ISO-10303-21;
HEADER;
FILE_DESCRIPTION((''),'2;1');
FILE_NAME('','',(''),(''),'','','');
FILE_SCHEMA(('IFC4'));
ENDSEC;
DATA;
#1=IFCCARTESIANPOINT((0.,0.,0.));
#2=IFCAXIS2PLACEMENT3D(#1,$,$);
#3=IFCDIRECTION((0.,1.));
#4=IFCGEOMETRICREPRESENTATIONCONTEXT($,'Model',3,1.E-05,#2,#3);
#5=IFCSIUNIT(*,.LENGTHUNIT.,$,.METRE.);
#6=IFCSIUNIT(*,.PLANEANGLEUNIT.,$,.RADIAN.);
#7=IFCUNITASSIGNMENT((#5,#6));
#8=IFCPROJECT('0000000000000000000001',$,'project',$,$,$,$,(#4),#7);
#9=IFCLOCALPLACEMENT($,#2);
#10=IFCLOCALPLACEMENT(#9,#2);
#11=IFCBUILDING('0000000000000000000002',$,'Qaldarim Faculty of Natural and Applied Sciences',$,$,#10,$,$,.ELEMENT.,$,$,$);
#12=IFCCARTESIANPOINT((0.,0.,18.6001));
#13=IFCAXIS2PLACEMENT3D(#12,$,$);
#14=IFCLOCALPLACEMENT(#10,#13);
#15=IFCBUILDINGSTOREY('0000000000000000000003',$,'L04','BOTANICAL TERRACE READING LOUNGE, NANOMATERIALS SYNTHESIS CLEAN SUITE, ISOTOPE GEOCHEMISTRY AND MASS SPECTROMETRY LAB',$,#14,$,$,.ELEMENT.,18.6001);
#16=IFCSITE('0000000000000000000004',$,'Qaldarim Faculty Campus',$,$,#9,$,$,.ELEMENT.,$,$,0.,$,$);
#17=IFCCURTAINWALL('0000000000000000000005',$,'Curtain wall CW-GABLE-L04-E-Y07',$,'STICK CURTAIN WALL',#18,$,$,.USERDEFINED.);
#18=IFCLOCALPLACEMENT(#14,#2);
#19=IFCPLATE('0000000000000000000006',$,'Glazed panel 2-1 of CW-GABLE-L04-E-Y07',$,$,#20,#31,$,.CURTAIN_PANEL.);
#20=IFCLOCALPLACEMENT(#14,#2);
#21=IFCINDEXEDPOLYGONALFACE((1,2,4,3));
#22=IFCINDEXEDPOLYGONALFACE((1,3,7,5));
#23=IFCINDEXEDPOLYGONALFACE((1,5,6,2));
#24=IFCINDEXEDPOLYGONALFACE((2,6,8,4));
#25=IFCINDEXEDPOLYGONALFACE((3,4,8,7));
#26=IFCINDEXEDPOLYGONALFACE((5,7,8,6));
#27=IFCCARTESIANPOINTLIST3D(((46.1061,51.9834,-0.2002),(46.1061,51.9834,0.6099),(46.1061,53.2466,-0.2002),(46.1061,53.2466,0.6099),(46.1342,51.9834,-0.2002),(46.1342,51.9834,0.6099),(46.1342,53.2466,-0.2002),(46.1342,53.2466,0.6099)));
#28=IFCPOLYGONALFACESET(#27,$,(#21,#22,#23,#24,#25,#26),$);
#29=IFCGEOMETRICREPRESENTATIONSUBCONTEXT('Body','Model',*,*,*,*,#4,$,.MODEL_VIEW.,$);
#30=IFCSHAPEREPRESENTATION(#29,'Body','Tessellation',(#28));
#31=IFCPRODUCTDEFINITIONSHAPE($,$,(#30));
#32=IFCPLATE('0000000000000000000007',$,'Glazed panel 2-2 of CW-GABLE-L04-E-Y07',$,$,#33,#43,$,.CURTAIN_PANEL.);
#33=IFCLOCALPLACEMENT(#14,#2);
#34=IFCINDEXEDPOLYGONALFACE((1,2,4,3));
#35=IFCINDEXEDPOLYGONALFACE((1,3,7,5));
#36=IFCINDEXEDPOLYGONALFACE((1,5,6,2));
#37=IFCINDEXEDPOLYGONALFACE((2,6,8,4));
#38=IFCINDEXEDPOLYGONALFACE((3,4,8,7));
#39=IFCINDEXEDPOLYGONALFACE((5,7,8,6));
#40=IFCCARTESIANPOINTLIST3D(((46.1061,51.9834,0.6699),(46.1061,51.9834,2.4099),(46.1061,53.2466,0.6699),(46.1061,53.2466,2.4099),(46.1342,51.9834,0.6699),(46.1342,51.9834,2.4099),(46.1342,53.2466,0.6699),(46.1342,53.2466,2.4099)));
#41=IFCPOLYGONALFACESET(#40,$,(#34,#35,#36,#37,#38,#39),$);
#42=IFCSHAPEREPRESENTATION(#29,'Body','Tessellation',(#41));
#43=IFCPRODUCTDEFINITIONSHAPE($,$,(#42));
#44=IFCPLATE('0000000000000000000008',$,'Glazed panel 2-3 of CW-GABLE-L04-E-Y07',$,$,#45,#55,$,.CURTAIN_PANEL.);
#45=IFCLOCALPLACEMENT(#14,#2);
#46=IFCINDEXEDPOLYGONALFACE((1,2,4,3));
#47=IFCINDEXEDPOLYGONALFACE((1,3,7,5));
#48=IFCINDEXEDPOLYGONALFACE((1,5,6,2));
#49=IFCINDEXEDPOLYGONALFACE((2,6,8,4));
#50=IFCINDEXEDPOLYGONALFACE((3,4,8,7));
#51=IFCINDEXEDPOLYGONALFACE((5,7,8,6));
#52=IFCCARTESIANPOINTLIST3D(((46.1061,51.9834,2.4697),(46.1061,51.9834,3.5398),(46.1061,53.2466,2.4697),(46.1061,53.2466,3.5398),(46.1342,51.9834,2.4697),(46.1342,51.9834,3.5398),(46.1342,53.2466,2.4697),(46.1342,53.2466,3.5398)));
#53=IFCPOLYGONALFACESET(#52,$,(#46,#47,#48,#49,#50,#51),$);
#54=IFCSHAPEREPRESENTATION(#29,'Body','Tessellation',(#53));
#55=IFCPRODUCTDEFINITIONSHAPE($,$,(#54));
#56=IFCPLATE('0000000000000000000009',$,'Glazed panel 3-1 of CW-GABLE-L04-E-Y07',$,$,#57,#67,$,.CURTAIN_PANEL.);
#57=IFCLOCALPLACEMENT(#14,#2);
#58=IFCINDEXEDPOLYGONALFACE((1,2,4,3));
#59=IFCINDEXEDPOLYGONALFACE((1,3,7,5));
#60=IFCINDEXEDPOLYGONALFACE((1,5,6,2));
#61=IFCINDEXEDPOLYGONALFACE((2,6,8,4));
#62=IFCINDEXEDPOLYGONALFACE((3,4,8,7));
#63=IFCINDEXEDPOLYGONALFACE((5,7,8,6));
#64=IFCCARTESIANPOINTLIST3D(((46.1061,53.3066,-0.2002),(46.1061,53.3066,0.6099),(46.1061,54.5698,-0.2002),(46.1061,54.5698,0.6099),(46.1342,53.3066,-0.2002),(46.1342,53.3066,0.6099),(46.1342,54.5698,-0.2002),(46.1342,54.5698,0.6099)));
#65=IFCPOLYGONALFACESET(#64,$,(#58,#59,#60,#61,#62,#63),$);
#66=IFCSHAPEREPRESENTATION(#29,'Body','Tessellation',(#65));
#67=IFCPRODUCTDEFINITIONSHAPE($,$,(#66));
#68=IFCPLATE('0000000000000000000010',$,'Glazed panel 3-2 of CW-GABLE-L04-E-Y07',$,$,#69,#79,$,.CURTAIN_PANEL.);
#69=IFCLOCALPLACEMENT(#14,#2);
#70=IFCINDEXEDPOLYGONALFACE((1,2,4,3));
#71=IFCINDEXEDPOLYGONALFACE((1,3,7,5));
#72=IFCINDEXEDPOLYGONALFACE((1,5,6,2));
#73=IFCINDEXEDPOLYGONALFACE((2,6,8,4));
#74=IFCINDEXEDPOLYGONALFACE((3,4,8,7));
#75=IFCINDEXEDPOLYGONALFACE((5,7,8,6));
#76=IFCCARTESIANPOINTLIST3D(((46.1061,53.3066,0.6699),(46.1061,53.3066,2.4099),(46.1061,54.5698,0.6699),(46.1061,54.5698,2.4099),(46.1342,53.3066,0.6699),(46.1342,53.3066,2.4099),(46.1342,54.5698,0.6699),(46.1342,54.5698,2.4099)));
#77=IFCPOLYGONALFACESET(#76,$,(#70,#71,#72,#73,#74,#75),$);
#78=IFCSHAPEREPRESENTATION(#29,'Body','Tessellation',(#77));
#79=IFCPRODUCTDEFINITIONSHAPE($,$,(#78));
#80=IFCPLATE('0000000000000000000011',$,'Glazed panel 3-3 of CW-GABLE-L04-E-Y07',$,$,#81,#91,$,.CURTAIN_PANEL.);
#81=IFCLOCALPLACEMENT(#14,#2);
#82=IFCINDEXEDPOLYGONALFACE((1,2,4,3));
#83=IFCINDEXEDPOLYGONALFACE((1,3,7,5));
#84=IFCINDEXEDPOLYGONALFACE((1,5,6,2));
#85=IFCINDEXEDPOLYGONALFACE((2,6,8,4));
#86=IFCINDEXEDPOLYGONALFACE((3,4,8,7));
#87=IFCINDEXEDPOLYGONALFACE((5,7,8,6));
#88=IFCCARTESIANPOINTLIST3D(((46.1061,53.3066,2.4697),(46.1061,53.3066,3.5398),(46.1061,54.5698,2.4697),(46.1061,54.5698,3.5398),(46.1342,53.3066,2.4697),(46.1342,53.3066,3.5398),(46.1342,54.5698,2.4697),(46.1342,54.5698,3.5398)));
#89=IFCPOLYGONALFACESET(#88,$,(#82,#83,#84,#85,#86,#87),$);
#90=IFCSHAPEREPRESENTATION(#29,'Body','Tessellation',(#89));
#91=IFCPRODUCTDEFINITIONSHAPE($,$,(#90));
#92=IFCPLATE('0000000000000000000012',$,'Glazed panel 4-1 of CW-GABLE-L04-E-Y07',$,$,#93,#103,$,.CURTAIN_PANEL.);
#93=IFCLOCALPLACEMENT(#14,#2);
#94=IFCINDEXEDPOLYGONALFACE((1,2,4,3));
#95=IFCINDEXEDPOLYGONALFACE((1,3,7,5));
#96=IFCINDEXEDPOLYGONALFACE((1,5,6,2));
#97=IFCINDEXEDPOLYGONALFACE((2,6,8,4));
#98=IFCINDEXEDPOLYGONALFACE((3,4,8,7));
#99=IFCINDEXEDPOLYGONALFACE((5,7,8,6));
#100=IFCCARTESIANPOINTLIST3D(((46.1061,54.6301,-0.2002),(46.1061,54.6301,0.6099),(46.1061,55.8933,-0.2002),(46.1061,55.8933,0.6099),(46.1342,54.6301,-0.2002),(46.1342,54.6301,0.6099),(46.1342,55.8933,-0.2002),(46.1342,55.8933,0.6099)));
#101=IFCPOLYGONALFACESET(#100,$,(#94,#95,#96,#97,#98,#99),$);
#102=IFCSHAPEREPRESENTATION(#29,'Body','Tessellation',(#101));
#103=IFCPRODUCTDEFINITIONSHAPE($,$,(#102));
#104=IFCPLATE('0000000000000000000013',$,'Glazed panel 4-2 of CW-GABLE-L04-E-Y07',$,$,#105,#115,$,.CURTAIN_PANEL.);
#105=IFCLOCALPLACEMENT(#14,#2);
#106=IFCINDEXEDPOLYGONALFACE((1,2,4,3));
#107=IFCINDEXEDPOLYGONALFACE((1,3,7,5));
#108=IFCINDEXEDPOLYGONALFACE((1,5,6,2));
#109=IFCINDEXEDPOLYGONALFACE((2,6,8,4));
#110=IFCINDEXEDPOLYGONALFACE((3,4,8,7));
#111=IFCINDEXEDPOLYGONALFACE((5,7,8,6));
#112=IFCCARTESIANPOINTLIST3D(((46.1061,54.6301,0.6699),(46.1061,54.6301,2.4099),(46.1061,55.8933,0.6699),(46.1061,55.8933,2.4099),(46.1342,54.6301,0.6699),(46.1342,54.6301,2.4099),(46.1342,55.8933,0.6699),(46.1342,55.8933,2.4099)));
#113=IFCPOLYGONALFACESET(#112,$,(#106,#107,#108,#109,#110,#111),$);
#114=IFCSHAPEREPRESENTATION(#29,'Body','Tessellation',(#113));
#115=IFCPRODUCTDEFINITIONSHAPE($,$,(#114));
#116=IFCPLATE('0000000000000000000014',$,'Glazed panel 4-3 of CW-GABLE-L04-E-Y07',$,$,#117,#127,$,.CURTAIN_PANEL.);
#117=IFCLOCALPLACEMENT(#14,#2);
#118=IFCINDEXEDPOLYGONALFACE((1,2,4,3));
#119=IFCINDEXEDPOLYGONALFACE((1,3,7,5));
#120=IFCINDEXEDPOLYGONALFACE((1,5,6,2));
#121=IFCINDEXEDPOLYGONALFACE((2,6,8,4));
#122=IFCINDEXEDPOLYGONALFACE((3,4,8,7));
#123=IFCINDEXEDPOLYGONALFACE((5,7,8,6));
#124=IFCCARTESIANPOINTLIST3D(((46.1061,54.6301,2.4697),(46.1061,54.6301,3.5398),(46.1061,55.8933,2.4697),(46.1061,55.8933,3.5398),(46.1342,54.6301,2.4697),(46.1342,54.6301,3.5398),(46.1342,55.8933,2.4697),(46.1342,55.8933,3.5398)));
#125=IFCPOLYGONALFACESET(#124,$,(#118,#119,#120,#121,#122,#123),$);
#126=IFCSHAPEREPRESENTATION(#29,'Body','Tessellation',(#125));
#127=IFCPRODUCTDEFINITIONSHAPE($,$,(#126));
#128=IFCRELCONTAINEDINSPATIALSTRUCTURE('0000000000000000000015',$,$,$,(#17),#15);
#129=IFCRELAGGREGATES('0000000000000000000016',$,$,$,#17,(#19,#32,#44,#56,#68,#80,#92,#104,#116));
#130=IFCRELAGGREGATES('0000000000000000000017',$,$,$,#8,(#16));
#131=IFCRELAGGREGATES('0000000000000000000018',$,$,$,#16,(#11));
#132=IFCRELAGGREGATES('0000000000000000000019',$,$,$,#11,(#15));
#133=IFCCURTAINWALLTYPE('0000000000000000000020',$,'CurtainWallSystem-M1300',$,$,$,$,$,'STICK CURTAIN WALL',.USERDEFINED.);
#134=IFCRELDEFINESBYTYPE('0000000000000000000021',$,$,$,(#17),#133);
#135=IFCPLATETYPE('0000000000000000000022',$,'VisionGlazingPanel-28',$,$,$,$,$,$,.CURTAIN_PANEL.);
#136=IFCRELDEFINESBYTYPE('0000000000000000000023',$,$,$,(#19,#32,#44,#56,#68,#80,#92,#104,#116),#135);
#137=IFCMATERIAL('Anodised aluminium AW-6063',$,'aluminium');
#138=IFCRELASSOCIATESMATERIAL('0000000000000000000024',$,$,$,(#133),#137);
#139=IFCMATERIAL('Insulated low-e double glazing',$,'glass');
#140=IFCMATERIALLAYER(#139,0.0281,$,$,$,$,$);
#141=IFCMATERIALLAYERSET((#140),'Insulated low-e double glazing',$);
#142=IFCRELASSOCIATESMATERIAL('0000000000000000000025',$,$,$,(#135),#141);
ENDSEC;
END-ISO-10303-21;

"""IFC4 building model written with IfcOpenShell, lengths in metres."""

from ifc_helpers import new_model, si_unit, direction, frame, origin, origin_2d, place, context, subcontext, project, spatial, rectangle, extrude, material, layer, layer_set, type_object, element, aggregate, save


model = new_model("IFC4")

# Units and contexts
model_context = context("Model", 3, precision=1e-05, world=origin(), true_north=direction((0.0, 1.0)))
body_context = subcontext(model_context, "Body", "Model", "MODEL_VIEW")
ifc_project = project(units=[si_unit("LENGTHUNIT", "METRE"), si_unit("PLANEANGLEUNIT", "RADIAN")], contexts=[model_context])

# Site, building, storey
site_placement = place(None, origin())
site = spatial("IfcSite", under=ifc_project, at=site_placement, Name="Qaldarim Faculty Campus", CompositionType="ELEMENT", RefElevation=0.0)
building_placement = place(site_placement, origin())
building = spatial("IfcBuilding", under=site, at=building_placement, Name="Qaldarim Faculty of Natural and Applied Sciences", CompositionType="ELEMENT")
storey_placement = place(building_placement, frame((0.0, 0.0, 18.6001)))
storey = spatial("IfcBuildingStorey", under=building, at=storey_placement, Name="L04", Description="BOTANICAL TERRACE READING LOUNGE, NANOMATERIALS SYNTHESIS CLEAN SUITE, ISOTOPE GEOCHEMISTRY AND MASS SPECTROMETRY LAB", CompositionType="ELEMENT", Elevation=18.6001)

# Curtain wall, plates
ifc_material_1 = material(Name="Anodised aluminium AW-6063", Category="aluminium")
curtain_wall_type = type_object("IfcCurtainWallType", Name="CurtainWallSystem-M1300", ElementType="STICK CURTAIN WALL", PredefinedType="USERDEFINED", material=ifc_material_1)
curtain_wall_placement = place(storey_placement, origin())
curtain_wall = element("IfcCurtainWall", 1, at=curtain_wall_placement, inside=storey, type_object=curtain_wall_type, Name="Curtain wall CW-GABLE-L04-E-Y07", ObjectType="STICK CURTAIN WALL", PredefinedType="USERDEFINED")
ifc_material_2 = material(Name="Insulated low-e double glazing", Category="glass")
ifc_layer = layer(ifc_material_2, 0.0281)
ifc_layer_set = layer_set([ifc_layer], Name="Insulated low-e double glazing")
plate_type = type_object("IfcPlateType", Name="VisionGlazingPanel-28", PredefinedType="CURTAIN_PANEL", material=ifc_layer_set)
plate_1_placement = place(storey_placement, frame((46.1201, 52.615, -0.2002), z_axis=(0.0, 0.0, 1.0), x_axis=(0.0, 1.0, 0.0)))
plate_1 = element("IfcPlate", 2, at=plate_1_placement, type_object=plate_type, Name="Glazed panel 2-1 of CW-GABLE-L04-E-Y07", PredefinedType="CURTAIN_PANEL", context=body_context, shape_type="SweptSolid", body=[
    extrude(rectangle(XDim=1.2632, YDim=0.0281, at=origin_2d()), origin(), (0.0, 0.0, 1.0), 0.8101),
])
plate_2_placement = place(storey_placement, frame((46.1201, 52.615, 0.6699), z_axis=(0.0, 0.0, 1.0), x_axis=(0.0, 1.0, 0.0)))
plate_2 = element("IfcPlate", 3, at=plate_2_placement, type_object=plate_type, Name="Glazed panel 2-2 of CW-GABLE-L04-E-Y07", PredefinedType="CURTAIN_PANEL", context=body_context, shape_type="SweptSolid", body=[
    extrude(rectangle(XDim=1.2632, YDim=0.0281, at=origin_2d()), origin(), (0.0, 0.0, 1.0), 1.74),
])
plate_3_placement = place(storey_placement, frame((46.1201, 52.615, 2.4697), z_axis=(0.0, 0.0, 1.0), x_axis=(0.0, 1.0, 0.0)))
plate_3 = element("IfcPlate", 4, at=plate_3_placement, type_object=plate_type, Name="Glazed panel 2-3 of CW-GABLE-L04-E-Y07", PredefinedType="CURTAIN_PANEL", context=body_context, shape_type="SweptSolid", body=[
    extrude(rectangle(XDim=1.2632, YDim=0.0281, at=origin_2d()), origin(), (0.0, 0.0, 1.0), 1.0701),
])
plate_4_placement = place(storey_placement, frame((46.1201, 53.9382, -0.2002), z_axis=(0.0, 0.0, 1.0), x_axis=(0.0, 1.0, 0.0)))
plate_4 = element("IfcPlate", 5, at=plate_4_placement, type_object=plate_type, Name="Glazed panel 3-1 of CW-GABLE-L04-E-Y07", PredefinedType="CURTAIN_PANEL", context=body_context, shape_type="SweptSolid", body=[
    extrude(rectangle(XDim=1.2632, YDim=0.0281, at=origin_2d()), origin(), (0.0, 0.0, 1.0), 0.8101),
])
plate_5_placement = place(storey_placement, frame((46.1201, 53.9382, 0.6699), z_axis=(0.0, 0.0, 1.0), x_axis=(0.0, 1.0, 0.0)))
plate_5 = element("IfcPlate", 6, at=plate_5_placement, type_object=plate_type, Name="Glazed panel 3-2 of CW-GABLE-L04-E-Y07", PredefinedType="CURTAIN_PANEL", context=body_context, shape_type="SweptSolid", body=[
    extrude(rectangle(XDim=1.2632, YDim=0.0281, at=origin_2d()), origin(), (0.0, 0.0, 1.0), 1.74),
])
plate_6_placement = place(storey_placement, frame((46.1201, 53.9382, 2.4697), z_axis=(0.0, 0.0, 1.0), x_axis=(0.0, 1.0, 0.0)))
plate_6 = element("IfcPlate", 7, at=plate_6_placement, type_object=plate_type, Name="Glazed panel 3-3 of CW-GABLE-L04-E-Y07", PredefinedType="CURTAIN_PANEL", context=body_context, shape_type="SweptSolid", body=[
    extrude(rectangle(XDim=1.2632, YDim=0.0281, at=origin_2d()), origin(), (0.0, 0.0, 1.0), 1.0701),
])
plate_7_placement = place(storey_placement, frame((46.1201, 55.2617, -0.2002), z_axis=(0.0, 0.0, 1.0), x_axis=(0.0, 1.0, 0.0)))
plate_7 = element("IfcPlate", 8, at=plate_7_placement, type_object=plate_type, Name="Glazed panel 4-1 of CW-GABLE-L04-E-Y07", PredefinedType="CURTAIN_PANEL", context=body_context, shape_type="SweptSolid", body=[
    extrude(rectangle(XDim=1.2632, YDim=0.0281, at=origin_2d()), origin(), (0.0, 0.0, 1.0), 0.8101),
])
plate_8_placement = place(storey_placement, frame((46.1201, 55.2617, 0.6699), z_axis=(0.0, 0.0, 1.0), x_axis=(0.0, 1.0, 0.0)))
plate_8 = element("IfcPlate", 9, at=plate_8_placement, type_object=plate_type, Name="Glazed panel 4-2 of CW-GABLE-L04-E-Y07", PredefinedType="CURTAIN_PANEL", context=body_context, shape_type="SweptSolid", body=[
    extrude(rectangle(XDim=1.2632, YDim=0.0281, at=origin_2d()), origin(), (0.0, 0.0, 1.0), 1.74),
])
plate_9_placement = place(storey_placement, frame((46.1201, 55.2617, 2.4697), z_axis=(0.0, 0.0, 1.0), x_axis=(0.0, 1.0, 0.0)))
plate_9 = element("IfcPlate", 10, at=plate_9_placement, type_object=plate_type, Name="Glazed panel 4-3 of CW-GABLE-L04-E-Y07", PredefinedType="CURTAIN_PANEL", context=body_context, shape_type="SweptSolid", body=[
    extrude(rectangle(XDim=1.2632, YDim=0.0281, at=origin_2d()), origin(), (0.0, 0.0, 1.0), 1.0701),
])
aggregate(curtain_wall, [plate_1, plate_2, plate_3, plate_4, plate_5, plate_6, plate_7, plate_8, plate_9])

save(model, "model.ifc")
